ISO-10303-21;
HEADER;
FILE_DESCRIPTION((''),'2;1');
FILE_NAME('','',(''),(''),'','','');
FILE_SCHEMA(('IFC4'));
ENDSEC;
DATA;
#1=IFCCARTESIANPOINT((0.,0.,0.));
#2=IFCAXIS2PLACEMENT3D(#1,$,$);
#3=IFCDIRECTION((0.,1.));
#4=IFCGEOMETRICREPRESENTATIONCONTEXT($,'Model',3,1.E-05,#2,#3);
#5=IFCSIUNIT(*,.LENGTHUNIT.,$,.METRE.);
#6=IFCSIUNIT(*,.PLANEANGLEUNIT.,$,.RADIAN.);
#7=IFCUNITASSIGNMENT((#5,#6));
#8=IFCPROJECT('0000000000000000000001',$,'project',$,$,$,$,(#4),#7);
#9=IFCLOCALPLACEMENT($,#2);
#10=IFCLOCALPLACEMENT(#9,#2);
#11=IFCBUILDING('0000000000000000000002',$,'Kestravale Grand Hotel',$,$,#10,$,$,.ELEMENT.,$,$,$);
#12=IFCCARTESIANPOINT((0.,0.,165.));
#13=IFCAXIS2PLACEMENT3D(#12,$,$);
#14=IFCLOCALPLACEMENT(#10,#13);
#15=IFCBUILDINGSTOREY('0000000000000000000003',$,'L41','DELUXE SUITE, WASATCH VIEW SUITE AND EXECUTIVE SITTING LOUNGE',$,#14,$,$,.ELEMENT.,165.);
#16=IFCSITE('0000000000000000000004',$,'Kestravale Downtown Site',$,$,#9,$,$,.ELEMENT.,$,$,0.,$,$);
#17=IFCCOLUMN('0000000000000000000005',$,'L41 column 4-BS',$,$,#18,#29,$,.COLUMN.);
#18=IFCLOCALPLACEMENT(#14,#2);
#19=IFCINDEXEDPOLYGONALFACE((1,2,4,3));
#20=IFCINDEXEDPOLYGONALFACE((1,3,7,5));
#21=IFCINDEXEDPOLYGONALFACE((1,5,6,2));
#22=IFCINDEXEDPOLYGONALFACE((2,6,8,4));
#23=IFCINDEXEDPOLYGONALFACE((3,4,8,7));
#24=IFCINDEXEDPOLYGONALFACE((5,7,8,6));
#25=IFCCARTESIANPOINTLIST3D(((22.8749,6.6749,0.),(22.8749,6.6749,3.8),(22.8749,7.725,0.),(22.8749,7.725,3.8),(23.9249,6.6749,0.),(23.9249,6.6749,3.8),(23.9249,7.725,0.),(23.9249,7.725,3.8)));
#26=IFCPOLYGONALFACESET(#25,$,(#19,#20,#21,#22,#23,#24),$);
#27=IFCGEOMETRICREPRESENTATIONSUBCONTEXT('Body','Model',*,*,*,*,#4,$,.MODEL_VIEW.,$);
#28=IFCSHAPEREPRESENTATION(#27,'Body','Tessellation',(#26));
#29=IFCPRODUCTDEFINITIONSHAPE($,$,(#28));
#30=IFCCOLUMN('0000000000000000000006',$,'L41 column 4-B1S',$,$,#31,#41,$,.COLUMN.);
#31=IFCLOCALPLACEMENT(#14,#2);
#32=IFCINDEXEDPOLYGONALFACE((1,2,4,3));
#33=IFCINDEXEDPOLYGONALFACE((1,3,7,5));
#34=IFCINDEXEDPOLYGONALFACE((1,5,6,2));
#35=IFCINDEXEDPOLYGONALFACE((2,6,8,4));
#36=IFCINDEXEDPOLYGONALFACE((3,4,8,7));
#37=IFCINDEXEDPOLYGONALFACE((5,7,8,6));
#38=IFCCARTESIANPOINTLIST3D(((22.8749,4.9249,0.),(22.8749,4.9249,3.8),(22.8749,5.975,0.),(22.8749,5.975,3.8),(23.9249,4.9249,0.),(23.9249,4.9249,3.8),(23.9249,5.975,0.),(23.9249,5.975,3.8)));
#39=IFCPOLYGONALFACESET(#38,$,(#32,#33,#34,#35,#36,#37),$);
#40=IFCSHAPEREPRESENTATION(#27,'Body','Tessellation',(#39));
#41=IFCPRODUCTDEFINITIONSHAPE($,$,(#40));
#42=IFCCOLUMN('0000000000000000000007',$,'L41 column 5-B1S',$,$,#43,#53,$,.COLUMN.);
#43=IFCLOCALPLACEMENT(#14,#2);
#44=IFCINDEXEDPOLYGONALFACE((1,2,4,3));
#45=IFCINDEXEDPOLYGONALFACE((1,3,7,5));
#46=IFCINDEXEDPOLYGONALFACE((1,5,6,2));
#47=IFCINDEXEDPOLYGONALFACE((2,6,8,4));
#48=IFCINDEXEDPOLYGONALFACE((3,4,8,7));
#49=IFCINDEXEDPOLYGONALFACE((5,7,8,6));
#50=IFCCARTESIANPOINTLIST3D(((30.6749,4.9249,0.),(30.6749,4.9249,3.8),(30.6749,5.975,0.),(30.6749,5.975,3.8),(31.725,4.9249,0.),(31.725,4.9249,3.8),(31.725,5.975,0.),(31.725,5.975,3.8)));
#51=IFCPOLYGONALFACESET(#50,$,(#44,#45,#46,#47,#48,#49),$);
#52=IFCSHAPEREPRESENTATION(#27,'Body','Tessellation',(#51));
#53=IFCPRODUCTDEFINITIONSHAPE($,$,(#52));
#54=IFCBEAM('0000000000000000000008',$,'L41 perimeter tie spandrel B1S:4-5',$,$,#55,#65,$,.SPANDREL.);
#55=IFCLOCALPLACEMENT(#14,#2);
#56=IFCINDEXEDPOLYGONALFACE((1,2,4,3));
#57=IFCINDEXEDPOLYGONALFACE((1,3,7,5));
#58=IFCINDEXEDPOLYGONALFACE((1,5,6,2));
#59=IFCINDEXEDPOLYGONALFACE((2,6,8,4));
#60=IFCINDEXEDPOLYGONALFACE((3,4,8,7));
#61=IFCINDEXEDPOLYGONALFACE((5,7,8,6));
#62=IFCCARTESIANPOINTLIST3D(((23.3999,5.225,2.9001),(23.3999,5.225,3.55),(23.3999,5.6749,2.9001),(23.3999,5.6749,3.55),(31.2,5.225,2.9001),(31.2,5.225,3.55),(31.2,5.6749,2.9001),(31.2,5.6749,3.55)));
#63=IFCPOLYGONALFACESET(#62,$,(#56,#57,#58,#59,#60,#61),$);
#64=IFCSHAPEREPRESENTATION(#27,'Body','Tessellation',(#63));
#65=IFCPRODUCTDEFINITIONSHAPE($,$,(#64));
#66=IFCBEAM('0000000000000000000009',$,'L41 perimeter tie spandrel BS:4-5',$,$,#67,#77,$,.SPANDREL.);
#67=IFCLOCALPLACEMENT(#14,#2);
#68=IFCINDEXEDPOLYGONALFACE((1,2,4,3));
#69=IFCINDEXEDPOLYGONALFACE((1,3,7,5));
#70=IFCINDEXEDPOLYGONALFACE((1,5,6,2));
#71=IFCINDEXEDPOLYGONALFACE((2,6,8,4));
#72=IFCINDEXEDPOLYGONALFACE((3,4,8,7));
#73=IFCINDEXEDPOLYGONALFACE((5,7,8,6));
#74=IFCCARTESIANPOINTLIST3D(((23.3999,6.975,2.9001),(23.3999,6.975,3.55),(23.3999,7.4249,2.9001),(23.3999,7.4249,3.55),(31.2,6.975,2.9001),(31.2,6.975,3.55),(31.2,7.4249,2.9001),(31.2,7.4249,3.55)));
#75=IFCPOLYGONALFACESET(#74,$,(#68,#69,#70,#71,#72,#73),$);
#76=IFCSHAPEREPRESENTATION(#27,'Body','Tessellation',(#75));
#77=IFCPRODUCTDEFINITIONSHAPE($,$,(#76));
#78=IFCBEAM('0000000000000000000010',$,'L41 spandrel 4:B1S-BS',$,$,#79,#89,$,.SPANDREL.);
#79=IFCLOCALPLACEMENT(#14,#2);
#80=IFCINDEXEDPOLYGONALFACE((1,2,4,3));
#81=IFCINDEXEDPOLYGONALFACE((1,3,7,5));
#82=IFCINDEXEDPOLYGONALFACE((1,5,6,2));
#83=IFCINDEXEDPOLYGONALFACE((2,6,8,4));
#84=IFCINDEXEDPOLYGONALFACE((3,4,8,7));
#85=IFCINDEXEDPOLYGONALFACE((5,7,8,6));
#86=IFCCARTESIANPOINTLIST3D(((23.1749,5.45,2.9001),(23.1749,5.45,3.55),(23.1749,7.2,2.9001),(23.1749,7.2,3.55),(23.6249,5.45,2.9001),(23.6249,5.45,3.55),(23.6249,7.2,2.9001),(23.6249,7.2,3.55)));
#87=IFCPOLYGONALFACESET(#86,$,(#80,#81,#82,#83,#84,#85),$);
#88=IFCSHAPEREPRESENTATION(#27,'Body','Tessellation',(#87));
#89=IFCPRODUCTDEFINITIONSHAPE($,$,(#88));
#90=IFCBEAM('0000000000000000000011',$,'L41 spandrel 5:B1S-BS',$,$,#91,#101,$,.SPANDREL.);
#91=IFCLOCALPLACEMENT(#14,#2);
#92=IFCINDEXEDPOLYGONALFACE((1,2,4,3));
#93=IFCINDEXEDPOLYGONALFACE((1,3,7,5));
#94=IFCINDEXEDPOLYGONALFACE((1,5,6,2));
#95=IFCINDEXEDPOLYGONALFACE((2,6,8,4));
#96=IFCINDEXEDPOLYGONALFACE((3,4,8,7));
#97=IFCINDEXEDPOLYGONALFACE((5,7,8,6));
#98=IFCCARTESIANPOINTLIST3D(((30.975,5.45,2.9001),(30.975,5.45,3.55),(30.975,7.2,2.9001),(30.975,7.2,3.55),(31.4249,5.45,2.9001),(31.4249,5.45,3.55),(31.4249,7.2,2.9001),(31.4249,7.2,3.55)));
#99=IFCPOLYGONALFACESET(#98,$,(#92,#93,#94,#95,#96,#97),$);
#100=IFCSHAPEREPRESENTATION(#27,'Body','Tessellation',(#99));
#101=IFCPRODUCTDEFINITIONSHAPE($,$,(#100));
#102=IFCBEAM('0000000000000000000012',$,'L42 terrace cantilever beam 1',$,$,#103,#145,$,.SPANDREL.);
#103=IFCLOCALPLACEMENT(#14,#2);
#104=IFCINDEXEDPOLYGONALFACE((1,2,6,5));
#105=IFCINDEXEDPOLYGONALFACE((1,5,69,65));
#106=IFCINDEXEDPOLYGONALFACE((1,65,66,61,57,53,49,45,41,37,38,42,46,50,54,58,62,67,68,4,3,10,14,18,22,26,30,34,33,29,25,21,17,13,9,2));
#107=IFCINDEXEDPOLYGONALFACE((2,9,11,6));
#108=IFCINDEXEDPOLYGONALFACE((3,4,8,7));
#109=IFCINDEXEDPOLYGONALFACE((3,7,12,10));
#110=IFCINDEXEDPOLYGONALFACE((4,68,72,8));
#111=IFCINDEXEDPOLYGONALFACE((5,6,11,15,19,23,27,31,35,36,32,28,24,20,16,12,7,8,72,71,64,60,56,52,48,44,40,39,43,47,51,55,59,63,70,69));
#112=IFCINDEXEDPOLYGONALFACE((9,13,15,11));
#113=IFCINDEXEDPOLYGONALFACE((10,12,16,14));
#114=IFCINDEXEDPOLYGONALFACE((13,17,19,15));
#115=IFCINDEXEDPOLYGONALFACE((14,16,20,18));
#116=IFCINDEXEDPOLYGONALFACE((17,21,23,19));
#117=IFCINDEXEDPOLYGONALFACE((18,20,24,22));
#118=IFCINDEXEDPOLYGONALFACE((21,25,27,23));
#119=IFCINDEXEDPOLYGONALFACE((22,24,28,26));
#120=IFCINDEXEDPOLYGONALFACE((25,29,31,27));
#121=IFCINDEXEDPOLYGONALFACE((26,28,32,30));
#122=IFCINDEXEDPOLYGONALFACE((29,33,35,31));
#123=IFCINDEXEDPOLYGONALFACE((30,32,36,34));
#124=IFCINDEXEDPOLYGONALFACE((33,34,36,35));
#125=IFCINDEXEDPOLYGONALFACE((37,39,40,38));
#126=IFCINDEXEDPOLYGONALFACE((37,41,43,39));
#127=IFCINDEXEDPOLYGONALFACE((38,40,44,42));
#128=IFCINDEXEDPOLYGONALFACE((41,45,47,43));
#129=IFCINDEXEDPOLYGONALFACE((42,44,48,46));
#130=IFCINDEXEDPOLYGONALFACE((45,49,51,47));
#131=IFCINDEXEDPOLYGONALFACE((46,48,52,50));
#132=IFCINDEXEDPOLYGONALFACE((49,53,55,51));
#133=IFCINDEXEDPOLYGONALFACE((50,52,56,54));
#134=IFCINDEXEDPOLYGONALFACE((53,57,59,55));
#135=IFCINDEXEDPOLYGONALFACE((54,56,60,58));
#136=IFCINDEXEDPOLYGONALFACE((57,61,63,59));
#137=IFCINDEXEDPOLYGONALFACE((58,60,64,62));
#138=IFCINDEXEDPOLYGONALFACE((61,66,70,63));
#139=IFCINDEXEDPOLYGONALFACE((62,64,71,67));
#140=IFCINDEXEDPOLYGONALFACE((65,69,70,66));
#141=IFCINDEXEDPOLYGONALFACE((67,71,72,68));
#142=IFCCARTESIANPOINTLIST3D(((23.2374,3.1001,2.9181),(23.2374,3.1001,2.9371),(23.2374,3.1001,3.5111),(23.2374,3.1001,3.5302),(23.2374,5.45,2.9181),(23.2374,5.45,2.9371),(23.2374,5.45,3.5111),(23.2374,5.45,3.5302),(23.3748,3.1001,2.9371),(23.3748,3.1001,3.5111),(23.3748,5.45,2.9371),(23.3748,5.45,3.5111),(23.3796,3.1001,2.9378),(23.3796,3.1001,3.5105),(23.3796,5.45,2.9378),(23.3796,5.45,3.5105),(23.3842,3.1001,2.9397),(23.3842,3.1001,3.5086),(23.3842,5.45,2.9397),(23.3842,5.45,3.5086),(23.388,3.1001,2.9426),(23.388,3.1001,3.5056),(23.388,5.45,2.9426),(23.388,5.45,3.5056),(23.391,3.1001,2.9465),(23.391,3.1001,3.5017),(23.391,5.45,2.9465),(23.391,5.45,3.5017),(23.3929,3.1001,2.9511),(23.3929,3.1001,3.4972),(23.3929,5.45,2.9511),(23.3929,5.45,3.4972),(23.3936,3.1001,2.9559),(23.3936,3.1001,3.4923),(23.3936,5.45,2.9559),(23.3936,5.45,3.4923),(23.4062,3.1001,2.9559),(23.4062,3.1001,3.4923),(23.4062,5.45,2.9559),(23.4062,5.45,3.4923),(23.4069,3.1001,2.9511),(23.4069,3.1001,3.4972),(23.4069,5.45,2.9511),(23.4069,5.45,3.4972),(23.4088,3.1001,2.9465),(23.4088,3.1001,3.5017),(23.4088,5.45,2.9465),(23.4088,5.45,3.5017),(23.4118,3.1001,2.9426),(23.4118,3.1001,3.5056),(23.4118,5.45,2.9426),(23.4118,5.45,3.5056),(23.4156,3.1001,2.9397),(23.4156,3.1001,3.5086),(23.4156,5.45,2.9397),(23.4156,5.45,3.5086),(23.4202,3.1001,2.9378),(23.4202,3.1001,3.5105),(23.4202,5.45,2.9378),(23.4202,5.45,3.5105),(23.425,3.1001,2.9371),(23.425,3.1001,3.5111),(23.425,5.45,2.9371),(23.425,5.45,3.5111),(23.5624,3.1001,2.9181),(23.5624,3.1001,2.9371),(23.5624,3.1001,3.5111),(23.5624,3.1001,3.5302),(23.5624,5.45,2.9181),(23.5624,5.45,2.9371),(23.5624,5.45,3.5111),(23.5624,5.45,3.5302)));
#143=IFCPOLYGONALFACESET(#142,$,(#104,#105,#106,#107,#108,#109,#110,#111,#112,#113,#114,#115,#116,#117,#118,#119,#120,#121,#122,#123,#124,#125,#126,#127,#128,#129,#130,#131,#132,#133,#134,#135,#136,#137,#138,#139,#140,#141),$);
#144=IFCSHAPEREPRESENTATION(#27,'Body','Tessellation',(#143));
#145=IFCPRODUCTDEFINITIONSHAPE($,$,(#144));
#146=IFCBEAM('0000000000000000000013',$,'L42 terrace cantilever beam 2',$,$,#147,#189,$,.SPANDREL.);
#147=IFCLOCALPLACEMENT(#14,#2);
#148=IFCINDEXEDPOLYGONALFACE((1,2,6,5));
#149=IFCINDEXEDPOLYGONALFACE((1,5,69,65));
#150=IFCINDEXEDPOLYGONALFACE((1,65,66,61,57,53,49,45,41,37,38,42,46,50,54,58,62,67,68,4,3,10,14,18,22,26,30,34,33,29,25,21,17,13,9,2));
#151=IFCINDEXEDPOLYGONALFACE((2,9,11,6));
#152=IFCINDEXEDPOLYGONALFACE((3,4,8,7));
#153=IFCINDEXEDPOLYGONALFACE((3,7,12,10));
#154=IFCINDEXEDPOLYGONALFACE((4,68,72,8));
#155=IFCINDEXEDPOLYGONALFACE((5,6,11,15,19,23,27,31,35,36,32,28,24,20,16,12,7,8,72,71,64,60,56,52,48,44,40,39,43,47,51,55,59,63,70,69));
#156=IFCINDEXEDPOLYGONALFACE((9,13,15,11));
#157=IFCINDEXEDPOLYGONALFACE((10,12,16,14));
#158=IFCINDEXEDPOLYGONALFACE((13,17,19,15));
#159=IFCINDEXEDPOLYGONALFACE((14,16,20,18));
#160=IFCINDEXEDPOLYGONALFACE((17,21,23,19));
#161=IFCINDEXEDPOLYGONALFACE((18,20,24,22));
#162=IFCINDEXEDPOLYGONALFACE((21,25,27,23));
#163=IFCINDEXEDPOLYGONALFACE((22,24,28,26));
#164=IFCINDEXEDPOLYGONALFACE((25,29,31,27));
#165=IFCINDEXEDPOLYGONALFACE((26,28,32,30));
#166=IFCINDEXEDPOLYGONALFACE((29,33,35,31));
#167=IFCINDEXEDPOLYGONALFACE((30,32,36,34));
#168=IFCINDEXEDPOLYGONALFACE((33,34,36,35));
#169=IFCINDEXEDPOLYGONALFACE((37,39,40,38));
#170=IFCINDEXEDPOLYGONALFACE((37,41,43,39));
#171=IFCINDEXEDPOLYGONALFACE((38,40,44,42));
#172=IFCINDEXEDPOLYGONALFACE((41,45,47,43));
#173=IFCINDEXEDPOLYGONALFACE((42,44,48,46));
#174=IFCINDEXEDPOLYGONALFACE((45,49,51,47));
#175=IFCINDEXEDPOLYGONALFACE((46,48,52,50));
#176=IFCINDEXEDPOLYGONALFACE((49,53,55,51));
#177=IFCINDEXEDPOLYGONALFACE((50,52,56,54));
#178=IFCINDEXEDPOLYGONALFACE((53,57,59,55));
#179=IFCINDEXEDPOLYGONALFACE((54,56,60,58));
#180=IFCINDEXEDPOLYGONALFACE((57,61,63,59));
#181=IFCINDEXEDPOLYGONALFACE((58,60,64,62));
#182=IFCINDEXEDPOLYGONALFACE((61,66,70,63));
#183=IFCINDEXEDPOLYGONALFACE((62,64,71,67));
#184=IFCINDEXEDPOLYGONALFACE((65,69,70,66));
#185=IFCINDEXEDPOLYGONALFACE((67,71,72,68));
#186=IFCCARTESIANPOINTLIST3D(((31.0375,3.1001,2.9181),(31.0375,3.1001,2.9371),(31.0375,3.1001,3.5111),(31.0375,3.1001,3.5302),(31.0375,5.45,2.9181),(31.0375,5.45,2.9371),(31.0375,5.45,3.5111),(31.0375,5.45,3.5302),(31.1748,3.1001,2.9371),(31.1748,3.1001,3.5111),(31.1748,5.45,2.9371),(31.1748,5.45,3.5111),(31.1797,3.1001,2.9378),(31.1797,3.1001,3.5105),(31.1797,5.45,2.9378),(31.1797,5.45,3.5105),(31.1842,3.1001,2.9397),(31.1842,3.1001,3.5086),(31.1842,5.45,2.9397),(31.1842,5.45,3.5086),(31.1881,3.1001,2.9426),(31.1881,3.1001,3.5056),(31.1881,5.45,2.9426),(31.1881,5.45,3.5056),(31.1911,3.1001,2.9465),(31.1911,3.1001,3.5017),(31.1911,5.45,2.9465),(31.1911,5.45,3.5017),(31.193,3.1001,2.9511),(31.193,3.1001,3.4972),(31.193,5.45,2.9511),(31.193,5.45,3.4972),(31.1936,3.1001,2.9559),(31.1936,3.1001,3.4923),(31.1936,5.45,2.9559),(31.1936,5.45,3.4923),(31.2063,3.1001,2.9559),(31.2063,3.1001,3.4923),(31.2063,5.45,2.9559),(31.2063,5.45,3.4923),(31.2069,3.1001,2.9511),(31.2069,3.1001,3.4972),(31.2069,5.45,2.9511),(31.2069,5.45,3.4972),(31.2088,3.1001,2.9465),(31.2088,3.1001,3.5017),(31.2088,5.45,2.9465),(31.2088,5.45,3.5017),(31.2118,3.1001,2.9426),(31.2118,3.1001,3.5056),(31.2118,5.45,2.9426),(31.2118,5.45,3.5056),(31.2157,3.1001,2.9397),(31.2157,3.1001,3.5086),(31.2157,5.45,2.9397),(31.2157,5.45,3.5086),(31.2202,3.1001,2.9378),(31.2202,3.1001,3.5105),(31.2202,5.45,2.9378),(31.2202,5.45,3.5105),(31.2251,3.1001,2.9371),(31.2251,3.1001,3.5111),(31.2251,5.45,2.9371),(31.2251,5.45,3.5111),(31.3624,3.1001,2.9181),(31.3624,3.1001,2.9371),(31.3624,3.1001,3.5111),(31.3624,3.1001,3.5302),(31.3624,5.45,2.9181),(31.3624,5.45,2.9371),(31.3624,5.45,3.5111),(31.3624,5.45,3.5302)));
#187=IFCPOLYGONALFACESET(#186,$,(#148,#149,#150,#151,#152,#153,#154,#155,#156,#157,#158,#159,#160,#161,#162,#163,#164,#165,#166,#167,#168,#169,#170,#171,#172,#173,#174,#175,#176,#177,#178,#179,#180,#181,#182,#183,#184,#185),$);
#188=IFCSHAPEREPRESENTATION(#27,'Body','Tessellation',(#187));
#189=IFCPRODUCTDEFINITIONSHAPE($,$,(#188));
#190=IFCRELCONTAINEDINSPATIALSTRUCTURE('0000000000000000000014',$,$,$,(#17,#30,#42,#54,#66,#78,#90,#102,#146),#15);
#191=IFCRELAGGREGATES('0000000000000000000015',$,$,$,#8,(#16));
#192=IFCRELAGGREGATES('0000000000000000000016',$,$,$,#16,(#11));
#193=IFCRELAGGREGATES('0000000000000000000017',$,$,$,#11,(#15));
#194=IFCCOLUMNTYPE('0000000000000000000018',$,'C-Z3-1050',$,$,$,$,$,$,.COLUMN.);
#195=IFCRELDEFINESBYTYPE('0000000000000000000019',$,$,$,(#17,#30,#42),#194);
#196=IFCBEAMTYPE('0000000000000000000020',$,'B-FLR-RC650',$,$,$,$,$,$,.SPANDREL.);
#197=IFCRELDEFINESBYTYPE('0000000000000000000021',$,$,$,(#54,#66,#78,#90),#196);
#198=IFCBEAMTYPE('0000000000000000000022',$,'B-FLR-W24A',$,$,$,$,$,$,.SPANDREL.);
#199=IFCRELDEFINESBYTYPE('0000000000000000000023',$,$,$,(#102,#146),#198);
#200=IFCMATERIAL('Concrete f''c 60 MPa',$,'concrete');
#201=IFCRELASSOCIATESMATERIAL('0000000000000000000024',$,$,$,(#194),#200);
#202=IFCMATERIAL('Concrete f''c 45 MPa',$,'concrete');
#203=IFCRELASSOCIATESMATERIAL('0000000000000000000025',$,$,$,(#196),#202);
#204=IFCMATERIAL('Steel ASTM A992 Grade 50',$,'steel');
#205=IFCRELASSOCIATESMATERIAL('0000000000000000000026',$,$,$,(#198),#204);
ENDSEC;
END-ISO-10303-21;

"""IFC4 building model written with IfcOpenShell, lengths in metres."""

from ifc_helpers import new_model, si_unit, direction, frame, origin, origin_2d, place, context, subcontext, project, spatial, rectangle, i_section, extrude, material, material_profile, profile_set, type_object, element, save


model = new_model("IFC4")

# Units and contexts
model_context = context("Model", 3, precision=1e-05, world=origin(), true_north=direction((0.0, 1.0)))
body_context = subcontext(model_context, "Body", "Model", "MODEL_VIEW")
ifc_project = project(units=[si_unit("LENGTHUNIT", "METRE"), si_unit("PLANEANGLEUNIT", "RADIAN")], contexts=[model_context])

# Site, building, storey
site_placement = place(None, origin())
site = spatial("IfcSite", under=ifc_project, at=site_placement, Name="Kestravale Downtown Site", CompositionType="ELEMENT", RefElevation=0.0)
building_placement = place(site_placement, origin())
building = spatial("IfcBuilding", under=site, at=building_placement, Name="Kestravale Grand Hotel", CompositionType="ELEMENT")
storey_placement = place(building_placement, frame((0.0, 0.0, 165.0)))
storey = spatial("IfcBuildingStorey", under=building, at=storey_placement, Name="L41", Description="DELUXE SUITE, WASATCH VIEW SUITE AND EXECUTIVE SITTING LOUNGE", CompositionType="ELEMENT", Elevation=165.0)

# Columns
ifc_material_1 = material(Name="Concrete f'c 60 MPa", Category="concrete")
ifc_material_profile_1 = material_profile(ifc_material_1, rectangle(XDim=1.05, YDim=1.05, at=origin_2d()))
ifc_profile_set_1 = profile_set([ifc_material_profile_1], Name="Concrete f'c 60 MPa")
column_type = type_object("IfcColumnType", Name="C-Z3-1050", PredefinedType="COLUMN", material=ifc_profile_set_1)
for number, where, z_axis, x_axis, name in (
    (1, (23.3999, 7.2, 0.0), (0.0, 0.0, 1.0), (1.0, 0.0, 0.0), "L41 column 4-BS"),
    (2, (23.3999, 5.45, 0.0), (0.0, 0.0, 1.0), (1.0, 0.0, 0.0), "L41 column 4-B1S"),
    (3, (31.2, 5.45, 0.0), (0.0, 0.0, 1.0), (1.0, 0.0, 0.0), "L41 column 5-B1S"),
):
    element("IfcColumn", number, at=place(storey_placement, frame(where, z_axis=z_axis, x_axis=x_axis)), inside=storey, type_object=column_type, Name=name, PredefinedType="COLUMN", context=body_context, shape_type="SweptSolid", body=[
        extrude(rectangle(XDim=1.05, YDim=1.05, at=origin_2d()), origin(), (0.0, 0.0, 1.0), 3.8),
    ])

# Beams
ifc_material_2 = material(Name="Concrete f'c 45 MPa", Category="concrete")
ifc_material_profile_2 = material_profile(ifc_material_2, rectangle(XDim=0.45, YDim=0.6499, at=origin_2d()))
ifc_profile_set_2 = profile_set([ifc_material_profile_2], Name="Concrete f'c 45 MPa")
beam_type_1 = type_object("IfcBeamType", Name="B-FLR-RC650", PredefinedType="SPANDREL", material=ifc_profile_set_2)
for number, where, z_axis, x_axis, name in (
    (4, (23.3999, 5.45, 3.2251), (1.0, 0.0, 0.0), (0.0, 1.0, 0.0), "L41 perimeter tie spandrel B1S:4-5"),
    (5, (23.3999, 7.2, 3.2251), (1.0, 0.0, 0.0), (0.0, 1.0, 0.0), "L41 perimeter tie spandrel BS:4-5"),
):
    element("IfcBeam", number, at=place(storey_placement, frame(where, z_axis=z_axis, x_axis=x_axis)), inside=storey, type_object=beam_type_1, Name=name, PredefinedType="SPANDREL", context=body_context, shape_type="SweptSolid", body=[
        extrude(rectangle(XDim=0.45, YDim=0.6499, at=origin_2d()), origin(), (0.0, 0.0, 1.0), 7.8),
    ])
for number, where, z_axis, x_axis, name in (
    (6, (23.3999, 5.45, 3.2251), (0.0, 1.0, 0.0), (-1.0, 0.0, 0.0), "L41 spandrel 4:B1S-BS"),
    (7, (31.2, 5.45, 3.2251), (0.0, 1.0, 0.0), (-1.0, 0.0, 0.0), "L41 spandrel 5:B1S-BS"),
):
    element("IfcBeam", number, at=place(storey_placement, frame(where, z_axis=z_axis, x_axis=x_axis)), inside=storey, type_object=beam_type_1, Name=name, PredefinedType="SPANDREL", context=body_context, shape_type="SweptSolid", body=[
        extrude(rectangle(XDim=0.45, YDim=0.6499, at=origin_2d()), origin(), (0.0, 0.0, 1.0), 1.75),
    ])
ifc_material_3 = material(Name="Steel ASTM A992 Grade 50", Category="steel")
ifc_material_profile_3 = material_profile(ifc_material_3, i_section(OverallWidth=0.325, OverallDepth=0.6121, WebThickness=0.0127, FlangeThickness=0.019, FilletRadius=0.0188, at=origin_2d()))
ifc_profile_set_3 = profile_set([ifc_material_profile_3], Name="Steel ASTM A992 Grade 50")
beam_type_2 = type_object("IfcBeamType", Name="B-FLR-W24A", PredefinedType="SPANDREL", material=ifc_profile_set_3)
for number, where, z_axis, x_axis, name in (
    (8, (23.3999, 5.45, 3.2241), (0.0, -1.0, 0.0), (1.0, 0.0, 0.0), "L42 terrace cantilever beam 1"),
    (9, (31.2, 5.45, 3.2241), (0.0, -1.0, 0.0), (1.0, 0.0, 0.0), "L42 terrace cantilever beam 2"),
):
    element("IfcBeam", number, at=place(storey_placement, frame(where, z_axis=z_axis, x_axis=x_axis)), inside=storey, type_object=beam_type_2, Name=name, PredefinedType="SPANDREL", context=body_context, shape_type="SweptSolid", body=[
        extrude(i_section(OverallWidth=0.325, OverallDepth=0.6121, WebThickness=0.0127, FlangeThickness=0.019, FilletRadius=0.0188, at=origin_2d()), origin(), (0.0, 0.0, 1.0), 2.3499),
    ])

save(model, "model.ifc")
